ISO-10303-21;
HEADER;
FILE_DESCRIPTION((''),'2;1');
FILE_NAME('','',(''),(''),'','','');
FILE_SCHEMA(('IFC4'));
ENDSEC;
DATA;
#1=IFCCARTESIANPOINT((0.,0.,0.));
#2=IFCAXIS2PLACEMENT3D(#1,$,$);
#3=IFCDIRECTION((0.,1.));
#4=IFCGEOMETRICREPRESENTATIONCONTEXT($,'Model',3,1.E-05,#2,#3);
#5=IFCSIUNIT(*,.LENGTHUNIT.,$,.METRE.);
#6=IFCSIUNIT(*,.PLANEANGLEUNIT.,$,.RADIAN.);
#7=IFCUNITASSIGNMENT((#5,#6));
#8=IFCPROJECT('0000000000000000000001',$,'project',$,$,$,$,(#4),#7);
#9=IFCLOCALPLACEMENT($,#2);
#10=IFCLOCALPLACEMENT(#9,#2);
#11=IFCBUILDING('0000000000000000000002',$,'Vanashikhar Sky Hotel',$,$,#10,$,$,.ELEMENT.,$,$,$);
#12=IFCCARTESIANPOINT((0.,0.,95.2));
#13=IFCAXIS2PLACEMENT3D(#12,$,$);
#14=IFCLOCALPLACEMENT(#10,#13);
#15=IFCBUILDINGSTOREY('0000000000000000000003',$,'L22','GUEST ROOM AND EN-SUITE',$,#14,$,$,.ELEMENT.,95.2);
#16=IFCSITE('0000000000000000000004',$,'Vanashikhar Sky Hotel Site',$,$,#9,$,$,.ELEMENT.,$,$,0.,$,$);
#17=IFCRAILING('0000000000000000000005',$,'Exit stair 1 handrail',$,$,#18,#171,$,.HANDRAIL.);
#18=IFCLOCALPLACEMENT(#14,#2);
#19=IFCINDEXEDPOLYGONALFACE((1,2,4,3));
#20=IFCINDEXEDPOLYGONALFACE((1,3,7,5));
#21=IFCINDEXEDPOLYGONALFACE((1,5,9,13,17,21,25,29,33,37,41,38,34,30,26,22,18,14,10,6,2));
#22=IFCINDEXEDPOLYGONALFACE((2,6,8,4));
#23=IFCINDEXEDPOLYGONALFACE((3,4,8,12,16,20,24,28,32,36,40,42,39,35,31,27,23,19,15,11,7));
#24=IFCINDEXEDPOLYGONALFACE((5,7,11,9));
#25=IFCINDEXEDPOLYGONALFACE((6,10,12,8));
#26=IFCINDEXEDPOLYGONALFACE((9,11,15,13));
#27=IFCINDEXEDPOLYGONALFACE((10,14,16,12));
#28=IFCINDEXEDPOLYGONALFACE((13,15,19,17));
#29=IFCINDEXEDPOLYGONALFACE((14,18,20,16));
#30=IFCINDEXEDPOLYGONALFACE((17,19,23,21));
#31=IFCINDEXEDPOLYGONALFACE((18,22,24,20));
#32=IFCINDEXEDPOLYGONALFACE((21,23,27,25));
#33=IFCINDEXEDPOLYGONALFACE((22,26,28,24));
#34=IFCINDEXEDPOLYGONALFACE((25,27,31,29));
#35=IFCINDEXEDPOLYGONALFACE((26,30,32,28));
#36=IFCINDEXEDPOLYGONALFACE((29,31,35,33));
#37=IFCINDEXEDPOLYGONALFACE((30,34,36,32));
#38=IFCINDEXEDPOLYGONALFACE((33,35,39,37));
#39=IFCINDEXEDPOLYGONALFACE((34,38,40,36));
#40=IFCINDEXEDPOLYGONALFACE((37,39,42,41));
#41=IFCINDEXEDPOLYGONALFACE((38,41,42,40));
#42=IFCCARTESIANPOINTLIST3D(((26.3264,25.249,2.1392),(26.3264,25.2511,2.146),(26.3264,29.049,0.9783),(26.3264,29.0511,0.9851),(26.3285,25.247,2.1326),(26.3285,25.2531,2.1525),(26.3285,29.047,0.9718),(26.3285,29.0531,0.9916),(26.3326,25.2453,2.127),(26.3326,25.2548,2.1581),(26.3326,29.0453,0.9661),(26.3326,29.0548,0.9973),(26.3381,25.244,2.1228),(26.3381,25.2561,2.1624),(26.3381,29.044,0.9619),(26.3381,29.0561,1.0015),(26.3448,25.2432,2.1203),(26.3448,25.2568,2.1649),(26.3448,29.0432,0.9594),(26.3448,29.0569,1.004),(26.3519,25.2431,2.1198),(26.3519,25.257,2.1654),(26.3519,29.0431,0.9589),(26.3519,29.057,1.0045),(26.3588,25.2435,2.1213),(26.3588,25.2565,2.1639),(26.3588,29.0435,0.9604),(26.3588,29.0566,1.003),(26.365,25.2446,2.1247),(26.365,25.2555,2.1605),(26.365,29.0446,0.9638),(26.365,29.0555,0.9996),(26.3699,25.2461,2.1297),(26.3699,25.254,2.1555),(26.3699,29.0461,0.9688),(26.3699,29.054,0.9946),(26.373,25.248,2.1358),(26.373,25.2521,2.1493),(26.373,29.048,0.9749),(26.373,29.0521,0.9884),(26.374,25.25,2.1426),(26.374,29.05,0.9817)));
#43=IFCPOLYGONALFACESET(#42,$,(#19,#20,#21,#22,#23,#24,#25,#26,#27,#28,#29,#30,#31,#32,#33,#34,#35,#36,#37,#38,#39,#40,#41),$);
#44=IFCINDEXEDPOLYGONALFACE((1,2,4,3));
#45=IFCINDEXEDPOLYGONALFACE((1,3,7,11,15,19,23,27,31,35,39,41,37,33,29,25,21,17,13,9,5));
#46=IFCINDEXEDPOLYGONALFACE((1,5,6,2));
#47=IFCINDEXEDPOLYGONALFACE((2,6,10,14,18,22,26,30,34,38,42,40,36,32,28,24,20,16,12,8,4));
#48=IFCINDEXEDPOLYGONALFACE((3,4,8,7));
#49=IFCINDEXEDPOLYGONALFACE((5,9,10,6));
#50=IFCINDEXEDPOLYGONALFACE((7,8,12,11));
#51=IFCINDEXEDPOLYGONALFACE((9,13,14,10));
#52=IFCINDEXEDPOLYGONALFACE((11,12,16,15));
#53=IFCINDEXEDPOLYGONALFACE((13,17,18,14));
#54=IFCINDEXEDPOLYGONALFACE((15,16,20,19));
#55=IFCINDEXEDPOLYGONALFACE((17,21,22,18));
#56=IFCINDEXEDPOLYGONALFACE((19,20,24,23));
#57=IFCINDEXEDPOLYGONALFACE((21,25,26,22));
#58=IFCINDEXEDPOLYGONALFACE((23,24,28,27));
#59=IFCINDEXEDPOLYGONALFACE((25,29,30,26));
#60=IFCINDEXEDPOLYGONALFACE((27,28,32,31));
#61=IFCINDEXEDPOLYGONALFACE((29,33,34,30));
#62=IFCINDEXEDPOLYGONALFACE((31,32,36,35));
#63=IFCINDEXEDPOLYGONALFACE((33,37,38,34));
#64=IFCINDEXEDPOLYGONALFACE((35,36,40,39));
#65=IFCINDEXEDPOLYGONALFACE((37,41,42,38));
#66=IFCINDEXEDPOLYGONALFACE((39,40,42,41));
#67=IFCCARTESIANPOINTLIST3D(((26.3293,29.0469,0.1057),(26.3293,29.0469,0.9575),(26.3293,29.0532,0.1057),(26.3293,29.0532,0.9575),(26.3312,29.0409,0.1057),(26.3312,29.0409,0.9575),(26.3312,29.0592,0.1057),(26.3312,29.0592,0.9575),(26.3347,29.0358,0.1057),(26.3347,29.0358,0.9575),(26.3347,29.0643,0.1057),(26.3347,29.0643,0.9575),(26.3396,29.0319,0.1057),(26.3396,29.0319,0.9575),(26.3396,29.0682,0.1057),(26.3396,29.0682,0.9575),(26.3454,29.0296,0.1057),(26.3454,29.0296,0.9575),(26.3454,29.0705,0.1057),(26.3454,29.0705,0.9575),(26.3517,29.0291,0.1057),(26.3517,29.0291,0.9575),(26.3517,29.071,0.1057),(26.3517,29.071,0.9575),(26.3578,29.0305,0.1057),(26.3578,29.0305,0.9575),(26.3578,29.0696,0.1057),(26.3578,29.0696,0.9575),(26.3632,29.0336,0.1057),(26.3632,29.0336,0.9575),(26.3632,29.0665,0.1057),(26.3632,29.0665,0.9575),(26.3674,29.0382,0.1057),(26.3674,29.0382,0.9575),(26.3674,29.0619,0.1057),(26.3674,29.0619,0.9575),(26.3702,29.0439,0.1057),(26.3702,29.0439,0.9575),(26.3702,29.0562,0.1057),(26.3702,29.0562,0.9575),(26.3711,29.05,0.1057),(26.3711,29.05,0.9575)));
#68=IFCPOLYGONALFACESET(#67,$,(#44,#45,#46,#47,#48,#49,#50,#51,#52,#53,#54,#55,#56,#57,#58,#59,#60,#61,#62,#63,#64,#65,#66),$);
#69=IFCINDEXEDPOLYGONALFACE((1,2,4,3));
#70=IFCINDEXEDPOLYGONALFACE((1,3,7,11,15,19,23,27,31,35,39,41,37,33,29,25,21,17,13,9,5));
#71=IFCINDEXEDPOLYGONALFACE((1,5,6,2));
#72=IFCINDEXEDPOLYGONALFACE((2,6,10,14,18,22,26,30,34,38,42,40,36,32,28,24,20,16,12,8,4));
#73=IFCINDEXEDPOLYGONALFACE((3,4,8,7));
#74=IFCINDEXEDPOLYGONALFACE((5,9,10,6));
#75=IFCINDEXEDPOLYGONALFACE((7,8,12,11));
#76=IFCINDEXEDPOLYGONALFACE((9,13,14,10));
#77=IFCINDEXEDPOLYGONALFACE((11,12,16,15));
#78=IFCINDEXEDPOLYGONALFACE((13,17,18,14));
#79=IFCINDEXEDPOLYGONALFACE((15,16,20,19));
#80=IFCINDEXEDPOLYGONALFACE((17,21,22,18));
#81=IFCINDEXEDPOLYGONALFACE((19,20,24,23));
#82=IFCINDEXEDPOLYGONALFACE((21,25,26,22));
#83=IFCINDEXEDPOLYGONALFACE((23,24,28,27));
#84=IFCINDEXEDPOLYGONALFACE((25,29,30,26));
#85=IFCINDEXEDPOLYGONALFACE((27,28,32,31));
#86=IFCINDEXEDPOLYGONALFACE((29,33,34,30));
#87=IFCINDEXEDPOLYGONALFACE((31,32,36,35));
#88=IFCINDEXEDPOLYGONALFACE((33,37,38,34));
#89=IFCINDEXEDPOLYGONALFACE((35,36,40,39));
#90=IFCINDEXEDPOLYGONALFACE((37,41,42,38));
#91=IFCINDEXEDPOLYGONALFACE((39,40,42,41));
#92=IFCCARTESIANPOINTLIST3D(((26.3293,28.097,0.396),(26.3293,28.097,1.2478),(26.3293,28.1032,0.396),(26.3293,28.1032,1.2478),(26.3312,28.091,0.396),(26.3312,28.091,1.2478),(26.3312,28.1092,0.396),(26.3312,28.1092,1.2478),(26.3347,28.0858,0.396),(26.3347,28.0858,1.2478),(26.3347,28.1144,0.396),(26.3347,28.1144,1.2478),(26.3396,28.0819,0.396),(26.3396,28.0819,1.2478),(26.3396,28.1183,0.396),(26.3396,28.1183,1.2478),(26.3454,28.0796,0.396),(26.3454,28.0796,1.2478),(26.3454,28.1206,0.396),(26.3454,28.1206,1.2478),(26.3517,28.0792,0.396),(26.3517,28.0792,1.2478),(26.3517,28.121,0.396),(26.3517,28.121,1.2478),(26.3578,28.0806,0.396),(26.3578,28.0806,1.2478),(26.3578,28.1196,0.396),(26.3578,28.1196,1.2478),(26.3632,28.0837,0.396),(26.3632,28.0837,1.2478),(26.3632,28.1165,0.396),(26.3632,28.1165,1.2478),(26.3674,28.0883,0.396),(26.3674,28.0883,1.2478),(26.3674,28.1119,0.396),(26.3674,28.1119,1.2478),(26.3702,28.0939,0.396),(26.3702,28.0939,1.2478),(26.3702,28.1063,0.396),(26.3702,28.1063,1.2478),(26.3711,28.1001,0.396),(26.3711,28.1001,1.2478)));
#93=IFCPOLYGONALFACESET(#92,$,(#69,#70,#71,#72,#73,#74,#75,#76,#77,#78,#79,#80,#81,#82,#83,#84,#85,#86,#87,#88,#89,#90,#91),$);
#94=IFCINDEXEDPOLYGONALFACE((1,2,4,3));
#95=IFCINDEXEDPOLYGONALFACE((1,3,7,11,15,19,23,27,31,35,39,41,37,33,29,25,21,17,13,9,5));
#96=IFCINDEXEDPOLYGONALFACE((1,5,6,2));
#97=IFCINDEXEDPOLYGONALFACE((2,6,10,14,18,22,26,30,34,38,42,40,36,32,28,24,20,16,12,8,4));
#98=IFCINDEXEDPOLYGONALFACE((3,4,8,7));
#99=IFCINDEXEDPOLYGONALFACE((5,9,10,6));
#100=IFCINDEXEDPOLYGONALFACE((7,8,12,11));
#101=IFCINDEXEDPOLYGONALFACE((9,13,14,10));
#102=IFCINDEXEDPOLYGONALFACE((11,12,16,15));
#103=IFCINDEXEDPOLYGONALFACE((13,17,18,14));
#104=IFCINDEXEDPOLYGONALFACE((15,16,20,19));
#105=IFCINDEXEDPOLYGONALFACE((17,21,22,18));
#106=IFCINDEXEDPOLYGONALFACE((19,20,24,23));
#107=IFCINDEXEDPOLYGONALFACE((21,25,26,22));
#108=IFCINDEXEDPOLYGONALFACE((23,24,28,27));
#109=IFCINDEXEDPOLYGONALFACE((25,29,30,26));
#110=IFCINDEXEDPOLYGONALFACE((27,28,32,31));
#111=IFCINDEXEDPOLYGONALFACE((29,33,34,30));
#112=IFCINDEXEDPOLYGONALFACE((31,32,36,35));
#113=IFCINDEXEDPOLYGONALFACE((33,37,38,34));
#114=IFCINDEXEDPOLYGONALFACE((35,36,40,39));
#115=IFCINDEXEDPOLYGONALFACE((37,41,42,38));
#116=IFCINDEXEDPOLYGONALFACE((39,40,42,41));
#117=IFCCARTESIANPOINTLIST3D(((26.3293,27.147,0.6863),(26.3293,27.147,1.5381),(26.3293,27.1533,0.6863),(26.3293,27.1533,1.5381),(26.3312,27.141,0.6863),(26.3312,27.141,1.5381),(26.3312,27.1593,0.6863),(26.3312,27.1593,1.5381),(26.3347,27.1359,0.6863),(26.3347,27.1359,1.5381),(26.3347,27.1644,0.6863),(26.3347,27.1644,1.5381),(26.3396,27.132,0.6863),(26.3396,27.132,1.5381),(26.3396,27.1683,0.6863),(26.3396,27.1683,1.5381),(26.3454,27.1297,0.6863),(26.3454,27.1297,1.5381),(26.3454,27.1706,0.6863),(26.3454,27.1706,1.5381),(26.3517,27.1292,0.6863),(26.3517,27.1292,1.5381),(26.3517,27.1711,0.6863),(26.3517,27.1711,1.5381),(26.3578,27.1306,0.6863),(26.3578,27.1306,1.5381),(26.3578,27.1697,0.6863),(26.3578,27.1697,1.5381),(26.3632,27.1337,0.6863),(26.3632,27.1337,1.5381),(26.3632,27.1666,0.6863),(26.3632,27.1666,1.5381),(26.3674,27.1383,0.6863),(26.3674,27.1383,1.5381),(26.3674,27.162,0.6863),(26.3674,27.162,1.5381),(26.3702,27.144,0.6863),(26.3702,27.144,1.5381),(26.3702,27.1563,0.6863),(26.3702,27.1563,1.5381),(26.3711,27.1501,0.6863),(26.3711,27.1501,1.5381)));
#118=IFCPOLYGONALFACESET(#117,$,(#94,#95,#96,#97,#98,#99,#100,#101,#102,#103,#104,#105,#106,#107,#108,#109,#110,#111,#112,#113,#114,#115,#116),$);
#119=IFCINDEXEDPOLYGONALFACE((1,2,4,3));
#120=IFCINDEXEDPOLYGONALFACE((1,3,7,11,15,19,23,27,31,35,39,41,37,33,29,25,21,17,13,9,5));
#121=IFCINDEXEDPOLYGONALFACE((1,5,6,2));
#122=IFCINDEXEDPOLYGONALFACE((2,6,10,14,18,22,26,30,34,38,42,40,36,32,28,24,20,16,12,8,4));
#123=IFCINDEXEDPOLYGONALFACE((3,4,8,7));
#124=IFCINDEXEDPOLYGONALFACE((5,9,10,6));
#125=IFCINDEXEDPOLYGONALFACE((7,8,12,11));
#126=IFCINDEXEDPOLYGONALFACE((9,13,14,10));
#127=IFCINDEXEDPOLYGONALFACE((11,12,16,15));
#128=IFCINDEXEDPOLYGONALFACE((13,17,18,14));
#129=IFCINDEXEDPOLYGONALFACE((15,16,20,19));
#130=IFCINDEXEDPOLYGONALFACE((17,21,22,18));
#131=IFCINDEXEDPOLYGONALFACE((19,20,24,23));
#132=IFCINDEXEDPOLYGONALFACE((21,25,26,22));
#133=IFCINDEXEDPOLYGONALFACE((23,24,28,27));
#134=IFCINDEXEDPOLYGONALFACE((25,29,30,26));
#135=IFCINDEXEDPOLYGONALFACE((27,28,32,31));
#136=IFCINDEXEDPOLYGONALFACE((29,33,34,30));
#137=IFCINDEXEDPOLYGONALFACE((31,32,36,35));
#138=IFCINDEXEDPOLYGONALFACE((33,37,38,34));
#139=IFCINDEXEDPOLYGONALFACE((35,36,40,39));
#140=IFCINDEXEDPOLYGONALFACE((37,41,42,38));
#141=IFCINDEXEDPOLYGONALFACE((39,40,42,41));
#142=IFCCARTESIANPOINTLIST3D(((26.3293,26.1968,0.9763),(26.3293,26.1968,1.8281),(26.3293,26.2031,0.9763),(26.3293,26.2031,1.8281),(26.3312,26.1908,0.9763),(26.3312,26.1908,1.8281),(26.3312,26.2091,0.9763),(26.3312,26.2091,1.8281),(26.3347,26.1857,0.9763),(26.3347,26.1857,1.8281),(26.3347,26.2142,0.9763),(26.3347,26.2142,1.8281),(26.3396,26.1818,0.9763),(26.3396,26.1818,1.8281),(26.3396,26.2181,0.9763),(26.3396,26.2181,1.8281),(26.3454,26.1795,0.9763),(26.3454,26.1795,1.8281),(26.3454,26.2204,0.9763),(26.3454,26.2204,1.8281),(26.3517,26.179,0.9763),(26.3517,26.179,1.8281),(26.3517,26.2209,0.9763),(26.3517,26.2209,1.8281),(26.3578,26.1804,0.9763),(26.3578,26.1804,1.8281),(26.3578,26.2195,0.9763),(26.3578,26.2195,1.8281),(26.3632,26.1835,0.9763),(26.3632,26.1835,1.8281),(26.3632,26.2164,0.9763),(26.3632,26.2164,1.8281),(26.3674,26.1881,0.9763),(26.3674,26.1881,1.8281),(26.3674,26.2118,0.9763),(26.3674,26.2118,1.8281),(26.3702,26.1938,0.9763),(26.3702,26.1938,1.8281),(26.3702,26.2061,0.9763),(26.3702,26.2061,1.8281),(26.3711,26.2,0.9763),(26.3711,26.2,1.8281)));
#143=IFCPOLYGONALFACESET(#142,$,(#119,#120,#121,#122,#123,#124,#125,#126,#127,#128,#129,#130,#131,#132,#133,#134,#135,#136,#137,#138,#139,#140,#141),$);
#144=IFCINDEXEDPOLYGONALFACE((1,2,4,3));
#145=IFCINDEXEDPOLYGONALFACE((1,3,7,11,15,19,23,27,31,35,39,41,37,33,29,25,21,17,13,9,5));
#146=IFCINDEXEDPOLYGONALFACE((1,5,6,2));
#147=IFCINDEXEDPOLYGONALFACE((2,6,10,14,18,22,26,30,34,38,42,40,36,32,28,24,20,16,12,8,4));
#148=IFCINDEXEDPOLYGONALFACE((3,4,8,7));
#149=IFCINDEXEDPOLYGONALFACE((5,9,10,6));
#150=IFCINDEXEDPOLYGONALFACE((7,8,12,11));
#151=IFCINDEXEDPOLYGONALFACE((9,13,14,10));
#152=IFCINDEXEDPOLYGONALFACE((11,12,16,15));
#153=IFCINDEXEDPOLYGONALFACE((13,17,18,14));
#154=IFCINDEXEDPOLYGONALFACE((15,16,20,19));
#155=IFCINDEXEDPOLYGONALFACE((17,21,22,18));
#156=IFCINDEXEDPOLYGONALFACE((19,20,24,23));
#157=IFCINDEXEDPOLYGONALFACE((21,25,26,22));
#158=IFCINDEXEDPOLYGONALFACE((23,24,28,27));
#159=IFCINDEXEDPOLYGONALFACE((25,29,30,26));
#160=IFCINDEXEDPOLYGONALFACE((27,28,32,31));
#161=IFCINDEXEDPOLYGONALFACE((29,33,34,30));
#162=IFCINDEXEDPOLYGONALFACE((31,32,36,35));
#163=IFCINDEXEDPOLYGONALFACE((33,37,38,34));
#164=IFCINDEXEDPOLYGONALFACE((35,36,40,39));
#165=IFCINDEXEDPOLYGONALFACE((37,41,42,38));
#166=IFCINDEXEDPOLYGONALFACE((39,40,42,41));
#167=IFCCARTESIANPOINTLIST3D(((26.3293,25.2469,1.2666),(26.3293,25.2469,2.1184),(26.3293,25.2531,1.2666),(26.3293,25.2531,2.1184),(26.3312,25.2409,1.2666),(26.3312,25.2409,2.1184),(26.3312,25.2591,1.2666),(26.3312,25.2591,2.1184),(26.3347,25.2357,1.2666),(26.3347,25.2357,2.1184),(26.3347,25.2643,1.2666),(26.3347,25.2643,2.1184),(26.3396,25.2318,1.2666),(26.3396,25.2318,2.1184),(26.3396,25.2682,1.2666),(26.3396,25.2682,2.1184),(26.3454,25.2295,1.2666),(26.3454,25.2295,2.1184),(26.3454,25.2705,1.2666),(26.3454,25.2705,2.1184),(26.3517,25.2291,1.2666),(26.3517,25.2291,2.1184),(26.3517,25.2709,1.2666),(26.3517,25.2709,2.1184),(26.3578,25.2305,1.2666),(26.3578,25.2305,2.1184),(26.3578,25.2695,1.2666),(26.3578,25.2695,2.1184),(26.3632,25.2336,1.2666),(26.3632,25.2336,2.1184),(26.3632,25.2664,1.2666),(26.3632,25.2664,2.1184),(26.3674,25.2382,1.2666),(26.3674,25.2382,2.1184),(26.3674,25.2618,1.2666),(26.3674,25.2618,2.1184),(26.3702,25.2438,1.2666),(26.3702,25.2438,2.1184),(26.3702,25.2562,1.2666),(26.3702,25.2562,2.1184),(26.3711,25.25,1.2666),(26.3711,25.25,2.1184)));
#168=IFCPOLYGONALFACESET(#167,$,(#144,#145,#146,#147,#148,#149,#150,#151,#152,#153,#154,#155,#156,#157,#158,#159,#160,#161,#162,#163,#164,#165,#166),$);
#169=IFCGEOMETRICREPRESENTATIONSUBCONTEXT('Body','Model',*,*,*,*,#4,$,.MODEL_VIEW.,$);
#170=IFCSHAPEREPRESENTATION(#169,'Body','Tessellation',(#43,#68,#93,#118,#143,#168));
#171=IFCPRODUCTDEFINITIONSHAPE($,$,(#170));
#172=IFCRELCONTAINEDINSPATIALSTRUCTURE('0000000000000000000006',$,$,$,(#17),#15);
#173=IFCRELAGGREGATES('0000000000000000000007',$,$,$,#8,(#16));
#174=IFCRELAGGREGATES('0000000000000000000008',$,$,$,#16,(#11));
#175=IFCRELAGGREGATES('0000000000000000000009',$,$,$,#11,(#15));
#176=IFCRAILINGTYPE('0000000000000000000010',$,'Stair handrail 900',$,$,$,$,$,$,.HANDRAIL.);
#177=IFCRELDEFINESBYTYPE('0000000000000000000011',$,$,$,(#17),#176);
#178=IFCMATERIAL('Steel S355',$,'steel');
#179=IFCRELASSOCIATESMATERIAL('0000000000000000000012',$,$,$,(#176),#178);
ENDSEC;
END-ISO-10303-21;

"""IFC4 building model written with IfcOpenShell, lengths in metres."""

from ifc_helpers import new_model, si_unit, direction, frame, origin, origin_2d, place, context, subcontext, project, spatial, circle, extrude, source, transform, mapped, material, type_object, element, save


model = new_model("IFC4")

# Units and contexts
model_context = context("Model", 3, precision=1e-05, world=origin(), true_north=direction((0.0, 1.0)))
body_context = subcontext(model_context, "Body", "Model", "MODEL_VIEW")
ifc_project = project(units=[si_unit("LENGTHUNIT", "METRE"), si_unit("PLANEANGLEUNIT", "RADIAN")], contexts=[model_context])

# Site, building, storey
site_placement = place(None, origin())
site = spatial("IfcSite", under=ifc_project, at=site_placement, Name="Vanashikhar Sky Hotel Site", CompositionType="ELEMENT", RefElevation=0.0)
building_placement = place(site_placement, origin())
building = spatial("IfcBuilding", under=site, at=building_placement, Name="Vanashikhar Sky Hotel", CompositionType="ELEMENT")
storey_placement = place(building_placement, frame((0.0, 0.0, 95.2)))
storey = spatial("IfcBuildingStorey", under=building, at=storey_placement, Name="L22", Description="GUEST ROOM AND EN-SUITE", CompositionType="ELEMENT", Elevation=95.2)

# Railing
ifc_material_1 = material(Name="Steel S355", Category="steel")
railing_type = type_object("IfcRailingType", Name="Stair handrail 900", PredefinedType="HANDRAIL", material=ifc_material_1)
shared_shape_1 = source(origin(), body_context, "Body", "SweptSolid", [
    extrude(circle(Radius=0.0239, at=origin_2d()), frame((0.0, 0.0, 0.876), z_axis=(0.0, -0.956368, 0.292164), x_axis=(1.0, 0.0, 0.0)), (0.0, 0.0, 1.0), 3.9734),
    extrude(circle(Radius=0.021, at=origin_2d()), origin(), (0.0, 0.0, 1.0), 0.8518),
    extrude(circle(Radius=0.021, at=origin_2d()), frame((0.0, -0.95, 0.2903)), (0.0, 0.0, 1.0), 0.8518),
    extrude(circle(Radius=0.021, at=origin_2d()), frame((0.0, -1.8999, 0.5806)), (0.0, 0.0, 1.0), 0.8518),
    extrude(circle(Radius=0.021, at=origin_2d()), frame((0.0, -2.8501, 0.8706)), (0.0, 0.0, 1.0), 0.8518),
    extrude(circle(Radius=0.021, at=origin_2d()), frame((0.0, -3.8, 1.1609)), (0.0, 0.0, 1.0), 0.8518),
])
railing_1_placement = place(storey_placement, frame((26.3501, 29.05, 0.1057)))
element("IfcRailing", 1, at=railing_1_placement, inside=storey, type_object=railing_type, Name="Exit stair 1 handrail", PredefinedType="HANDRAIL", context=body_context, shape_type="MappedRepresentation", body=[
    mapped(shared_shape_1, transform((0.0, 0.0, 0.0), scale=1.0)),
])

save(model, "model.ifc")
